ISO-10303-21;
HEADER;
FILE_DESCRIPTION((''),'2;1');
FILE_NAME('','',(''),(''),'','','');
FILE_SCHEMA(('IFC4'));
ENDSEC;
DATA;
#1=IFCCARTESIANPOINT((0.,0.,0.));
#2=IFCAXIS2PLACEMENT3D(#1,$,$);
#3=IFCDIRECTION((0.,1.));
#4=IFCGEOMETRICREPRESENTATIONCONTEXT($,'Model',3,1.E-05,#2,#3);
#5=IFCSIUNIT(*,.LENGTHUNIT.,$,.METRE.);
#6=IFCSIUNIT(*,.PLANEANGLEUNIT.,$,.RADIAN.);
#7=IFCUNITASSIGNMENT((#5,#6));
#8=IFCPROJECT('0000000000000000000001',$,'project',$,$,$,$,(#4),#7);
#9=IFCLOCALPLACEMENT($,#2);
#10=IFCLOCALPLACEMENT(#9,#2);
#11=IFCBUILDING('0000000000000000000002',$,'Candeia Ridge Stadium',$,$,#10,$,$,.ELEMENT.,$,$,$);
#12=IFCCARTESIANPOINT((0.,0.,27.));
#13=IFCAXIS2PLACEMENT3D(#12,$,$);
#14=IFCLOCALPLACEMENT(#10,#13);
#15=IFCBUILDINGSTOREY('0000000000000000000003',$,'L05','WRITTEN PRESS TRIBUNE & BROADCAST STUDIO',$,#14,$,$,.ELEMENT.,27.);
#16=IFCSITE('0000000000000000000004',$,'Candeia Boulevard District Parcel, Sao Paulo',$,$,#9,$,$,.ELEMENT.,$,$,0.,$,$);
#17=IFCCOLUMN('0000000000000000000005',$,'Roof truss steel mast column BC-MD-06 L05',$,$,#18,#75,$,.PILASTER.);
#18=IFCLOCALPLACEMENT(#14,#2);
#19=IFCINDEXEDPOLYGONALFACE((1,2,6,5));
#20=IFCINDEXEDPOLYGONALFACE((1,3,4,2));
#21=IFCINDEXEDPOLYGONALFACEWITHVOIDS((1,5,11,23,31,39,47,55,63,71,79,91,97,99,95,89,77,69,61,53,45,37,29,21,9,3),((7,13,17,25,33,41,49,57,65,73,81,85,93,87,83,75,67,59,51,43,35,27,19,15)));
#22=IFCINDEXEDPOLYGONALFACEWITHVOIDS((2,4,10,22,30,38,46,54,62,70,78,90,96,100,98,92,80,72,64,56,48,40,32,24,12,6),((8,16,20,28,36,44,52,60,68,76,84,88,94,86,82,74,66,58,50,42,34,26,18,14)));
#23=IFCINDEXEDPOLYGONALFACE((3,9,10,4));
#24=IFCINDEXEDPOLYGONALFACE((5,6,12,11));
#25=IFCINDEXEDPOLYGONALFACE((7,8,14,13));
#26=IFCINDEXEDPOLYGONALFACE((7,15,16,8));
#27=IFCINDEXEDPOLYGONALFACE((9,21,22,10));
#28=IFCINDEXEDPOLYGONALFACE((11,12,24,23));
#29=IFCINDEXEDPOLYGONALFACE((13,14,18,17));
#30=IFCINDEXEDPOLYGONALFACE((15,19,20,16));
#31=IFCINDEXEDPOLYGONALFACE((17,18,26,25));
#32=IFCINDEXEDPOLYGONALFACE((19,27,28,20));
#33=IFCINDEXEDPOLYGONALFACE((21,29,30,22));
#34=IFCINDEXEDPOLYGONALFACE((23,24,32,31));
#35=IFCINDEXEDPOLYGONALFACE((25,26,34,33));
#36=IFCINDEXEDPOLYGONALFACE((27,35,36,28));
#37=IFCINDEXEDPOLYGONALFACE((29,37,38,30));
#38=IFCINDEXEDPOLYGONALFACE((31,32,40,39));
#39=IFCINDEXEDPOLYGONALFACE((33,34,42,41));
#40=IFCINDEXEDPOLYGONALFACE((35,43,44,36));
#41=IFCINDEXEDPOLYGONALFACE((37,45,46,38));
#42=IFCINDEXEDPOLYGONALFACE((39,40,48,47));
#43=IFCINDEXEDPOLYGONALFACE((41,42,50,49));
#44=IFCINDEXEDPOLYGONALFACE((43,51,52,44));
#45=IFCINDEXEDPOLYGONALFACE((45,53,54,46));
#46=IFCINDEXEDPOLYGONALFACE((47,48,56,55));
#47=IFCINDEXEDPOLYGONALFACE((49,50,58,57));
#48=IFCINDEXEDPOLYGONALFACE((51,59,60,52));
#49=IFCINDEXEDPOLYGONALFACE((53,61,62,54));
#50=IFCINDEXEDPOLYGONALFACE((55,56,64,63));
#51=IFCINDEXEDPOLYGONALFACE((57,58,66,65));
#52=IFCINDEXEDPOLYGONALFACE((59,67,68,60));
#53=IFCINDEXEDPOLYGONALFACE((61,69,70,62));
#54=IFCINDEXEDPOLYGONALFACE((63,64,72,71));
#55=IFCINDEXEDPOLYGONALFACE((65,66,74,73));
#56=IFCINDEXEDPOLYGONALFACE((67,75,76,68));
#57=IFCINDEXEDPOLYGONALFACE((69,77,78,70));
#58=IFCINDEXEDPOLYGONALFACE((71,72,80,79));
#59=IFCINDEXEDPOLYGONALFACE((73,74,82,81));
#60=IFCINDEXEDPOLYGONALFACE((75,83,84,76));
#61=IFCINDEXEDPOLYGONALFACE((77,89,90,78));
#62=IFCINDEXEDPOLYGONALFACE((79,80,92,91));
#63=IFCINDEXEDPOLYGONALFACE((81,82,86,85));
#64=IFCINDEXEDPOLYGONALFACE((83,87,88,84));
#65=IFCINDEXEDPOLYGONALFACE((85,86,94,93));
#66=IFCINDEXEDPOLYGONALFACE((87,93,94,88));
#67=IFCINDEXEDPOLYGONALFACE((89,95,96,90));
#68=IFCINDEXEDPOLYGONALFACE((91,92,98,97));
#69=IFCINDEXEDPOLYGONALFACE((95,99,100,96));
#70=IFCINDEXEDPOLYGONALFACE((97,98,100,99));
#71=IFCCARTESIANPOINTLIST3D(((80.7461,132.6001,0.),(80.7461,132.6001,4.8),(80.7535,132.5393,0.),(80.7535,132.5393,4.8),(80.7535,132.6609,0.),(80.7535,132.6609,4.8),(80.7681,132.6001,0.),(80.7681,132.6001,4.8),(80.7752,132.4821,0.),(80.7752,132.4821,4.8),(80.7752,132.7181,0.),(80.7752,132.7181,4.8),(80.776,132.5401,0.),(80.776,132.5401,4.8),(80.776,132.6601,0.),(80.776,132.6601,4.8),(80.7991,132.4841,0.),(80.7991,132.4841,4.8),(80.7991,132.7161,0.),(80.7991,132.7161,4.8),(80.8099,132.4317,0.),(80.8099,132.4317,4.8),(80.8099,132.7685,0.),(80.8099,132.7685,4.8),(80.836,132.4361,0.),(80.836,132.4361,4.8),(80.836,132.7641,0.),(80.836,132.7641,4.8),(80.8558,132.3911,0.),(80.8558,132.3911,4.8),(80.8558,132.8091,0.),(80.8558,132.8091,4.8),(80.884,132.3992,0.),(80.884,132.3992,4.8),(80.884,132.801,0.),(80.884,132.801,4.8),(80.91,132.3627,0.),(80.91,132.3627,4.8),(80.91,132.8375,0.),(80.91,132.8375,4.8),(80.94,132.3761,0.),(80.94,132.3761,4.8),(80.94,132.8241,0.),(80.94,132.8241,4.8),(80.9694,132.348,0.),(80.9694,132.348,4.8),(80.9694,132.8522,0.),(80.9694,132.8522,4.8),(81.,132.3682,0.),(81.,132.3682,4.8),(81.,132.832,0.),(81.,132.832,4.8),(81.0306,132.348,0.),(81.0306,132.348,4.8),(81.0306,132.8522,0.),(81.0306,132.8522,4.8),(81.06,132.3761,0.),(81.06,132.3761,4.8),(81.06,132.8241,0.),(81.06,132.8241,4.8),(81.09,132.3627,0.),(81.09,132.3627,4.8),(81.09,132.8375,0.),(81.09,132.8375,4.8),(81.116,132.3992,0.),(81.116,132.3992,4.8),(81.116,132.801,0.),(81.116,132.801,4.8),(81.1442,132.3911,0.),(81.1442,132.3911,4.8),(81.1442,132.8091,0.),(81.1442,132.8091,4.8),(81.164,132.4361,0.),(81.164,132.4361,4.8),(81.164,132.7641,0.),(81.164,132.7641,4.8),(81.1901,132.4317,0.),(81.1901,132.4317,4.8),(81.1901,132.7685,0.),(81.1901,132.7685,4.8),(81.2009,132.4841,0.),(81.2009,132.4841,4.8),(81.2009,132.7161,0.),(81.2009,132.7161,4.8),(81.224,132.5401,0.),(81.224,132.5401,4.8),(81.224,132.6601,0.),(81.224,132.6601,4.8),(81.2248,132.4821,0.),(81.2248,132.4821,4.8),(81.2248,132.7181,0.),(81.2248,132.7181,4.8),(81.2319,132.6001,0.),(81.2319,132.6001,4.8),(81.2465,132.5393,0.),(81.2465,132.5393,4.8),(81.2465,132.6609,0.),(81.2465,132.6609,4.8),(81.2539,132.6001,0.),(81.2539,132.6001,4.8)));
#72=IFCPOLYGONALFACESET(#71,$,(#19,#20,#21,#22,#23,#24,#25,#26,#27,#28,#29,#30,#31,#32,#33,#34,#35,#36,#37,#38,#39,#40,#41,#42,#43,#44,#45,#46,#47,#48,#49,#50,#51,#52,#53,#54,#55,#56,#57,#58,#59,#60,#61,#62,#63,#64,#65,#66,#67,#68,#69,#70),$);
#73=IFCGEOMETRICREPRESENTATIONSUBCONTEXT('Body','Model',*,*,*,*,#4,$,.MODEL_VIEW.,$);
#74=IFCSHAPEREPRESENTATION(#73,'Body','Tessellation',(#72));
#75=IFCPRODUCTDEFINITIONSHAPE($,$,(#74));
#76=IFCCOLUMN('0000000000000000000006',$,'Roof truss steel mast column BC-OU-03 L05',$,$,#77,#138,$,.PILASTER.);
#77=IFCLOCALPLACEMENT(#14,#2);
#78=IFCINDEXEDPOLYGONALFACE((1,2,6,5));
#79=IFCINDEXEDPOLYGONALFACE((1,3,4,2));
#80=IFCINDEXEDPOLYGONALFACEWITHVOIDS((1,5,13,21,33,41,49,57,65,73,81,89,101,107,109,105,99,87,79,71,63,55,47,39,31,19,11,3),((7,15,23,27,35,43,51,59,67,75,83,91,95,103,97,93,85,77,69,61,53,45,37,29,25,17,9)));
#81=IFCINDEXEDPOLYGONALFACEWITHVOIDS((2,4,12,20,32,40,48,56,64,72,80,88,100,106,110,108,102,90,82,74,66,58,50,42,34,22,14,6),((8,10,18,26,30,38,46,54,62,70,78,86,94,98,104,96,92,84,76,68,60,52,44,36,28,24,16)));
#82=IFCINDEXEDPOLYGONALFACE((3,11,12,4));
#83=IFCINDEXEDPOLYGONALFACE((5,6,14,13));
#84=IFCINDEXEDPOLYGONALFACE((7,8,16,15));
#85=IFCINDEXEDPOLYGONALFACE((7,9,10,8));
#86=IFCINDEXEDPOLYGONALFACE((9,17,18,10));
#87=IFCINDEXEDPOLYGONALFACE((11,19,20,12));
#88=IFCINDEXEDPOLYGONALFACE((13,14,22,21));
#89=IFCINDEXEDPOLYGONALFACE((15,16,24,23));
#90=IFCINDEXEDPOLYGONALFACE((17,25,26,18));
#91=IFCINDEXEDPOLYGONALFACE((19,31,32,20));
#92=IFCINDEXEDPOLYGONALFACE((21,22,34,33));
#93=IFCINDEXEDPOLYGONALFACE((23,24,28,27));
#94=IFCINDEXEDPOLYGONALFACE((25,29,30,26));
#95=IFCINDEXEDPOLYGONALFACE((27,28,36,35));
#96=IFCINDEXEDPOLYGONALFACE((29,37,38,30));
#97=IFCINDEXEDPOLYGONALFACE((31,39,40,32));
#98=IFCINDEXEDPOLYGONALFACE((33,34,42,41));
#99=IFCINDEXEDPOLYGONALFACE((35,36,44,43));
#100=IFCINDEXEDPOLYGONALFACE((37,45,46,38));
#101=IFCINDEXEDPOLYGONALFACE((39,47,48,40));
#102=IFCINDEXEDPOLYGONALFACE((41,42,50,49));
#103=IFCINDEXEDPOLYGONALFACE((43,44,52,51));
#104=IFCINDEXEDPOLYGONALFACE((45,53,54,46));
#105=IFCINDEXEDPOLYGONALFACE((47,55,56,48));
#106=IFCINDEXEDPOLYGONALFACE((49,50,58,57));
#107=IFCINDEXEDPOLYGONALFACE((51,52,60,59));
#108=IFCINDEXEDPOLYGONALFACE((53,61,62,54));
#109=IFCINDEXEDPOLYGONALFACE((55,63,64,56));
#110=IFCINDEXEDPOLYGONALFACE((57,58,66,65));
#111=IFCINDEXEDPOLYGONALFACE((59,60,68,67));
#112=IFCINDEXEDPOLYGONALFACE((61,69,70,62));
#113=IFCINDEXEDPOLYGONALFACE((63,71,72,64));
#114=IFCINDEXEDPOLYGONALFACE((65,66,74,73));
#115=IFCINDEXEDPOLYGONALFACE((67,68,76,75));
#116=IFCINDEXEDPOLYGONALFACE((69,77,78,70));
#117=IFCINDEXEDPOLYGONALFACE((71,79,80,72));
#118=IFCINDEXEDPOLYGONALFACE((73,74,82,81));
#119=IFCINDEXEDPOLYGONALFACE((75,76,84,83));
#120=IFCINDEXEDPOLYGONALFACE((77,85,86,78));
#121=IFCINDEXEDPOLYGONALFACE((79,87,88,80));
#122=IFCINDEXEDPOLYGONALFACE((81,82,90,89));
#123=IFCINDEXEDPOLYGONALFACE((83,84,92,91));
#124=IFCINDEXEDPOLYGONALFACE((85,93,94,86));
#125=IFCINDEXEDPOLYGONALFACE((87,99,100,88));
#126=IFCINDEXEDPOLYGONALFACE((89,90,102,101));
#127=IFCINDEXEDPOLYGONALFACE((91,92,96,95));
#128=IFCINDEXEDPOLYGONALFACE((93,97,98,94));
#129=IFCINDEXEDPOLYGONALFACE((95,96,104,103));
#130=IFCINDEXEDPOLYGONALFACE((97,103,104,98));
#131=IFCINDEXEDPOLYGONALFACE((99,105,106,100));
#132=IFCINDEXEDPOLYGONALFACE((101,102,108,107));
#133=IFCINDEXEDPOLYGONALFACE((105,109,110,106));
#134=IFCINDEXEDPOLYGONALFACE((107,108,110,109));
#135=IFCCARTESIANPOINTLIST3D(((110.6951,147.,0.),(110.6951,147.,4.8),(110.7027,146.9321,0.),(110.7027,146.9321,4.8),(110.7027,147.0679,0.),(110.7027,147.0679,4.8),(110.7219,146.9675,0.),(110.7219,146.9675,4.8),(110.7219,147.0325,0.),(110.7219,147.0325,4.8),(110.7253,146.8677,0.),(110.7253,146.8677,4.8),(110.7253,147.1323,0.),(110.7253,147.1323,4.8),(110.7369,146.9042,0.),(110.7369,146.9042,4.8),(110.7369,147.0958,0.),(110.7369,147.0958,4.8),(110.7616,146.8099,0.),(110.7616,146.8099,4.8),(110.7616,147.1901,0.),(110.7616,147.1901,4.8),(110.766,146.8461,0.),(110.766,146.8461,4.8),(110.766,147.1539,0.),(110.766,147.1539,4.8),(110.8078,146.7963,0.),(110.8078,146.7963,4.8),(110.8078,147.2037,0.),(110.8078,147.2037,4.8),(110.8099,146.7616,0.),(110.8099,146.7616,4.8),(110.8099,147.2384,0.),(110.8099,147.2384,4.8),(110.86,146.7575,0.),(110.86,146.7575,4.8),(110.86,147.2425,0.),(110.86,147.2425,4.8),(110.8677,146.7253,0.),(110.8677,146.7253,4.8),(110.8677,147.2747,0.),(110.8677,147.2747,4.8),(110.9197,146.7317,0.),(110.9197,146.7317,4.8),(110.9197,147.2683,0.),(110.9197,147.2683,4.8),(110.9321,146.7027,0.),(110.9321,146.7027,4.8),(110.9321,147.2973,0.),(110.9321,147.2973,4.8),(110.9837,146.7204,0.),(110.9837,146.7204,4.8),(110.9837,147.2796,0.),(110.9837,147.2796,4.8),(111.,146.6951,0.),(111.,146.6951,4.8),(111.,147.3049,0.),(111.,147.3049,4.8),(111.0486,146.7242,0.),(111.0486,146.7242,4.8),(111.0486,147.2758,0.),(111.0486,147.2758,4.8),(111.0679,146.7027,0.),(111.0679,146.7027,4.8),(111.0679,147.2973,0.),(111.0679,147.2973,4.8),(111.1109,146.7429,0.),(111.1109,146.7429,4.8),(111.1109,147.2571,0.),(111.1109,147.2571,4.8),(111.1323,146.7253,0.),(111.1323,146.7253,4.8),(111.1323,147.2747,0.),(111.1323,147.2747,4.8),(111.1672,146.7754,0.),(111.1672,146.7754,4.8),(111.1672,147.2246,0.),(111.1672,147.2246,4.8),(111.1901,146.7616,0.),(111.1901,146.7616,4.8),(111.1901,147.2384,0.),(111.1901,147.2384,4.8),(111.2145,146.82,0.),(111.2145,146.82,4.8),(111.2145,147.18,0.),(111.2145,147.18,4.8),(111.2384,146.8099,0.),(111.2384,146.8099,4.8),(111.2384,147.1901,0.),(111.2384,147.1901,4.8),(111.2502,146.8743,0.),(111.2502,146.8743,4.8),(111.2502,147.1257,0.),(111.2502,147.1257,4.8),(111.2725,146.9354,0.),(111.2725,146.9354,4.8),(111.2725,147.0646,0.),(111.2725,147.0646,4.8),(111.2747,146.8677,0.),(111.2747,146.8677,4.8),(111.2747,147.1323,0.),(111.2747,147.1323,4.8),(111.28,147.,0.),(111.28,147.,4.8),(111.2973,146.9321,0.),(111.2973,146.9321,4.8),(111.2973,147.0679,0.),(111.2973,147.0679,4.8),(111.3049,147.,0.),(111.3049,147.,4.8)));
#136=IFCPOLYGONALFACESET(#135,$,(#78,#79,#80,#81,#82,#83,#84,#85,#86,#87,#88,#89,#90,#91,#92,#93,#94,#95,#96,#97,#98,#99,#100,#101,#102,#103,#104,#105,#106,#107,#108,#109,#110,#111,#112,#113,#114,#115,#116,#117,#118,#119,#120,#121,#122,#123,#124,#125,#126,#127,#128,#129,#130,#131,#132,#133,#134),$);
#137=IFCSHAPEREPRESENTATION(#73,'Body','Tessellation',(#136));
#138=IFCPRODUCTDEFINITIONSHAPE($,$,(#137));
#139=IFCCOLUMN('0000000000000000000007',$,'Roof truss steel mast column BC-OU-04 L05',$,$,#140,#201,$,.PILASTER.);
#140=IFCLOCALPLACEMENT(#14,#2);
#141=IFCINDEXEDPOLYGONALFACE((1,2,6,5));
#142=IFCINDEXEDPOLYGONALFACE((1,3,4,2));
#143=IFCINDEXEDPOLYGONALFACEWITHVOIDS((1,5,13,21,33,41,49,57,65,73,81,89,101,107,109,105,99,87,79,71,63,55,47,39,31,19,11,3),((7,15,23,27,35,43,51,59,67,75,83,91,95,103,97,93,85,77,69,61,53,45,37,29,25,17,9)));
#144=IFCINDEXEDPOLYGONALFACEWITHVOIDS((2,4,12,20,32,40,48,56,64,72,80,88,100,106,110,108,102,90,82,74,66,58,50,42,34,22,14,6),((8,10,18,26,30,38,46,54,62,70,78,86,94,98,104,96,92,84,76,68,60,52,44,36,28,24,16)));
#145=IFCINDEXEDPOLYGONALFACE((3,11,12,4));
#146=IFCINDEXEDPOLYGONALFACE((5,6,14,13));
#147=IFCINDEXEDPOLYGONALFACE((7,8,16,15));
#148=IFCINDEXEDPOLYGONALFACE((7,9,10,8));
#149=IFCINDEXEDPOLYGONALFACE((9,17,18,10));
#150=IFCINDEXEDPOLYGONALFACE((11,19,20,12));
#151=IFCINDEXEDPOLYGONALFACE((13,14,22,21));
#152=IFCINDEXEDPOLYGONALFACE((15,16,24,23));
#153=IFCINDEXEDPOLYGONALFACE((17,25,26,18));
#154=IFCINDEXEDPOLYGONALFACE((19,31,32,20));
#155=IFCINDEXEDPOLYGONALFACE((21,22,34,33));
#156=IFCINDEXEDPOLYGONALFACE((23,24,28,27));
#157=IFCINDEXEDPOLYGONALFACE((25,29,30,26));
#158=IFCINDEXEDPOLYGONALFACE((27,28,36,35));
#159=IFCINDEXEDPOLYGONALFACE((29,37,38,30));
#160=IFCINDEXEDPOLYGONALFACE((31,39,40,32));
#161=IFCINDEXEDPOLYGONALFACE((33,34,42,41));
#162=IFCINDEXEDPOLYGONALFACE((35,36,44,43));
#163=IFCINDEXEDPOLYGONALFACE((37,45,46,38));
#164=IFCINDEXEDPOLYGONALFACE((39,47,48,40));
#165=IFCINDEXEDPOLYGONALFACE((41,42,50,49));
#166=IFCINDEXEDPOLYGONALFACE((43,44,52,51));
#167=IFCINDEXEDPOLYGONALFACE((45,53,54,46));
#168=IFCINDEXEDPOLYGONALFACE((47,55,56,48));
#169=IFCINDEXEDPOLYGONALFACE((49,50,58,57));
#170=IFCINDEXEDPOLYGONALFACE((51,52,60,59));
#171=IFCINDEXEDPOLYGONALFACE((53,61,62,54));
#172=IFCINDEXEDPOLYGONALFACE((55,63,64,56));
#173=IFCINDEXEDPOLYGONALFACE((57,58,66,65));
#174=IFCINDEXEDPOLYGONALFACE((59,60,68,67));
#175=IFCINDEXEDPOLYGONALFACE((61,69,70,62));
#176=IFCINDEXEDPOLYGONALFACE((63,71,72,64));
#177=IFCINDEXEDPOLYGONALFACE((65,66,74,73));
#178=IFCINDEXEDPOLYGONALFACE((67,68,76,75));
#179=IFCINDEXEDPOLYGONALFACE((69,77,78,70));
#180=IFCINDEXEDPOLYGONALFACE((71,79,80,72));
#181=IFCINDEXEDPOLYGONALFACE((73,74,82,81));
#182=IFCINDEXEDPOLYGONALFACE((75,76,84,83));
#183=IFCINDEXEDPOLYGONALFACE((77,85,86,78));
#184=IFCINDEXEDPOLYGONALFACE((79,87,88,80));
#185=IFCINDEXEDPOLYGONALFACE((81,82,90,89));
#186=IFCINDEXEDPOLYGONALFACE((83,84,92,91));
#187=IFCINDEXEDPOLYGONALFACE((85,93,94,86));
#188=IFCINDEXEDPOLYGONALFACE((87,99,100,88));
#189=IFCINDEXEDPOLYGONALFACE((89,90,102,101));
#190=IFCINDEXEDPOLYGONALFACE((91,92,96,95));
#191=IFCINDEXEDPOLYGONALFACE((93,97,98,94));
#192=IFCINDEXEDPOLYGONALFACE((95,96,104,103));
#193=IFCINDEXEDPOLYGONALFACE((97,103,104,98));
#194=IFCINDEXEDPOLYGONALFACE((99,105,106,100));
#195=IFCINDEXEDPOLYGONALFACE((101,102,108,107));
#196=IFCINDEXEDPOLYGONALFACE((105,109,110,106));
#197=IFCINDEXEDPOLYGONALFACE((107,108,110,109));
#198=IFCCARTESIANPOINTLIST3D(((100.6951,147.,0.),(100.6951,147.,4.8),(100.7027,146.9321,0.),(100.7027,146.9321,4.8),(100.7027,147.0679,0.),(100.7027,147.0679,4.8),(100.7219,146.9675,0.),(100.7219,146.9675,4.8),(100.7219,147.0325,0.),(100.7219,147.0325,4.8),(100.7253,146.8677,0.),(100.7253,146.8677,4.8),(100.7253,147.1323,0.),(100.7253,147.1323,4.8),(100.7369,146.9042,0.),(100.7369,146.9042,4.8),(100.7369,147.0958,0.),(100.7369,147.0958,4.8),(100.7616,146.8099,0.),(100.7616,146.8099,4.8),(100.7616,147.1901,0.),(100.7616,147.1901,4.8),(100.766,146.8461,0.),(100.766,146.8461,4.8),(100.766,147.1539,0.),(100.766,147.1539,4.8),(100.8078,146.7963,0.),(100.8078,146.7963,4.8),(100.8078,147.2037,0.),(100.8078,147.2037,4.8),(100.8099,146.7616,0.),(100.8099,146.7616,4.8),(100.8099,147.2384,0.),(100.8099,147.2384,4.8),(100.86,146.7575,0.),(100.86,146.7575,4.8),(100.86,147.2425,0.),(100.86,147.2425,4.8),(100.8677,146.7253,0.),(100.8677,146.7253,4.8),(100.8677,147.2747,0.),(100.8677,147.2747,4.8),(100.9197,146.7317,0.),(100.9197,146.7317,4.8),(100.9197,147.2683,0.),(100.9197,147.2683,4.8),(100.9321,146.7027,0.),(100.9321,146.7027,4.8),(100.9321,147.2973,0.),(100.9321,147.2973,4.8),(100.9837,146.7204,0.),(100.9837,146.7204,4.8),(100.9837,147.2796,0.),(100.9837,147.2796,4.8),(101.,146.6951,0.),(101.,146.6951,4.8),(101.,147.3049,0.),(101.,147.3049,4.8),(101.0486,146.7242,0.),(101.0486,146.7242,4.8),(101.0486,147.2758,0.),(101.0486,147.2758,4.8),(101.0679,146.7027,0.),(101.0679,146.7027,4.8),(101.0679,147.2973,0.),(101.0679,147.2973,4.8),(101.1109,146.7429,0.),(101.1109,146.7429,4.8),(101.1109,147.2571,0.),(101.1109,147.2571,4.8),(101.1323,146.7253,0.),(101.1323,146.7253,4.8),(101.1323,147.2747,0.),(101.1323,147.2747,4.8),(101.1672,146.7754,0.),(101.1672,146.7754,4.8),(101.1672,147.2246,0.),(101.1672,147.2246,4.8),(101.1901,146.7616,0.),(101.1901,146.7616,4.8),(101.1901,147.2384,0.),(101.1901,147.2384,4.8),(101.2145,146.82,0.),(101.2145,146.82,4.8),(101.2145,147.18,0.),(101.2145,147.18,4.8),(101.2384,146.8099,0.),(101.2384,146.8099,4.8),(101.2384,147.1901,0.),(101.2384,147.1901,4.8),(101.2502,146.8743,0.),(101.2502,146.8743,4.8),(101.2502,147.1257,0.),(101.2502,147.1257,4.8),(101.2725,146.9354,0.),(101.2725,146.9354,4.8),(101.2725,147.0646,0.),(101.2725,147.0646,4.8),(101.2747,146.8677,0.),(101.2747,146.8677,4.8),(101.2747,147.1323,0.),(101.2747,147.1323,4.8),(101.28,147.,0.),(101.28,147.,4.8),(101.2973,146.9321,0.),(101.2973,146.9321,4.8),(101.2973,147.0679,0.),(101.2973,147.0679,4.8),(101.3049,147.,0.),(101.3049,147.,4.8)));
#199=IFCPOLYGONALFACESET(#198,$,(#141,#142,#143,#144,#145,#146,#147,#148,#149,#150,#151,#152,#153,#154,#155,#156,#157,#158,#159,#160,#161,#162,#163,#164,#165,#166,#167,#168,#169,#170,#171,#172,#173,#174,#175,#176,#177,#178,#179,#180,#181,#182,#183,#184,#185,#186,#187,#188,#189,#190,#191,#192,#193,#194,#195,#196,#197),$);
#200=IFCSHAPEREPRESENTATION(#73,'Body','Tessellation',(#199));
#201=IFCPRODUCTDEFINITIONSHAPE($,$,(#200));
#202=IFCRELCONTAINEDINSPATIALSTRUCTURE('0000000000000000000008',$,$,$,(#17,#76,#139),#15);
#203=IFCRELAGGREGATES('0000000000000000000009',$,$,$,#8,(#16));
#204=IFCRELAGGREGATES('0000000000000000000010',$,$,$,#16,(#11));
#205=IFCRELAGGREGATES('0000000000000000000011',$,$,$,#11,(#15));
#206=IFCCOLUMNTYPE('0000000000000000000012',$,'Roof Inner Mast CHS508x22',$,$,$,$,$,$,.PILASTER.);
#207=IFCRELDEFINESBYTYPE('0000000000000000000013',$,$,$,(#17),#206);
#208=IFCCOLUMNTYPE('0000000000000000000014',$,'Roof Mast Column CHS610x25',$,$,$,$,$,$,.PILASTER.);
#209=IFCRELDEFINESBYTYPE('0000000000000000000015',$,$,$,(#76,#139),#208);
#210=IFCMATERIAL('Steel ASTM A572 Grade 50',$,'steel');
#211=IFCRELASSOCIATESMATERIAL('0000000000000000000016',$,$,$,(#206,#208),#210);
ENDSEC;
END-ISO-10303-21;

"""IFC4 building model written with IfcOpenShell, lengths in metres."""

from ifc_helpers import new_model, si_unit, direction, frame, origin, origin_2d, place, context, subcontext, project, spatial, hollow_circle, extrude, material, material_profile, profile_set, type_object, element, save


model = new_model("IFC4")

# Units and contexts
model_context = context("Model", 3, precision=1e-05, world=origin(), true_north=direction((0.0, 1.0)))
body_context = subcontext(model_context, "Body", "Model", "MODEL_VIEW")
ifc_project = project(units=[si_unit("LENGTHUNIT", "METRE"), si_unit("PLANEANGLEUNIT", "RADIAN")], contexts=[model_context])

# Site, building, storey
site_placement = place(None, origin())
site = spatial("IfcSite", under=ifc_project, at=site_placement, Name="Candeia Boulevard District Parcel, Sao Paulo", CompositionType="ELEMENT", RefElevation=0.0)
building_placement = place(site_placement, origin())
building = spatial("IfcBuilding", under=site, at=building_placement, Name="Candeia Ridge Stadium", CompositionType="ELEMENT")
storey_placement = place(building_placement, frame((0.0, 0.0, 27.0)))
storey = spatial("IfcBuildingStorey", under=building, at=storey_placement, Name="L05", Description="WRITTEN PRESS TRIBUNE & BROADCAST STUDIO", CompositionType="ELEMENT", Elevation=27.0)

# Columns
ifc_material_1 = material(Name="Steel ASTM A572 Grade 50", Category="steel")
ifc_material_profile_1 = material_profile(ifc_material_1, hollow_circle(Radius=0.2539, WallThickness=0.022, at=origin_2d()), Name="CHS508x22", Category="steel")
ifc_profile_set_1 = profile_set([ifc_material_profile_1], Name="Steel ASTM A572 Grade 50")
column_type_1 = type_object("IfcColumnType", Name="Roof Inner Mast CHS508x22", PredefinedType="PILASTER", material=ifc_profile_set_1)
for number, where, z_axis, x_axis, name in (
    (1, (81.0, 132.6001, 0.0), (0.0, 0.0, 1.0), (1.0, 0.0, 0.0), "Roof truss steel mast column BC-MD-06 L05"),
):
    element("IfcColumn", number, at=place(storey_placement, frame(where, z_axis=z_axis, x_axis=x_axis)), inside=storey, type_object=column_type_1, Name=name, PredefinedType="PILASTER", context=body_context, shape_type="SweptSolid", body=[
        extrude(hollow_circle(Radius=0.2539, WallThickness=0.022, at=origin_2d()), origin(), (0.0, 0.0, 1.0), 4.8),
    ])
ifc_material_profile_2 = material_profile(ifc_material_1, hollow_circle(Radius=0.3049, WallThickness=0.0249, at=origin_2d()), Name="CHS610x25", Category="steel")
ifc_profile_set_2 = profile_set([ifc_material_profile_2], Name="Steel ASTM A572 Grade 50")
column_type_2 = type_object("IfcColumnType", Name="Roof Mast Column CHS610x25", PredefinedType="PILASTER", material=ifc_profile_set_2)
for number, where, z_axis, x_axis, name in (
    (2, (111.0, 147.0, 0.0), (0.0, 0.0, 1.0), (1.0, 0.0, 0.0), "Roof truss steel mast column BC-OU-03 L05"),
    (3, (101.0, 147.0, 0.0), (0.0, 0.0, 1.0), (1.0, 0.0, 0.0), "Roof truss steel mast column BC-OU-04 L05"),
):
    element("IfcColumn", number, at=place(storey_placement, frame(where, z_axis=z_axis, x_axis=x_axis)), inside=storey, type_object=column_type_2, Name=name, PredefinedType="PILASTER", context=body_context, shape_type="SweptSolid", body=[
        extrude(hollow_circle(Radius=0.3049, WallThickness=0.0249, at=origin_2d()), origin(), (0.0, 0.0, 1.0), 4.8),
    ])

save(model, "model.ifc")
